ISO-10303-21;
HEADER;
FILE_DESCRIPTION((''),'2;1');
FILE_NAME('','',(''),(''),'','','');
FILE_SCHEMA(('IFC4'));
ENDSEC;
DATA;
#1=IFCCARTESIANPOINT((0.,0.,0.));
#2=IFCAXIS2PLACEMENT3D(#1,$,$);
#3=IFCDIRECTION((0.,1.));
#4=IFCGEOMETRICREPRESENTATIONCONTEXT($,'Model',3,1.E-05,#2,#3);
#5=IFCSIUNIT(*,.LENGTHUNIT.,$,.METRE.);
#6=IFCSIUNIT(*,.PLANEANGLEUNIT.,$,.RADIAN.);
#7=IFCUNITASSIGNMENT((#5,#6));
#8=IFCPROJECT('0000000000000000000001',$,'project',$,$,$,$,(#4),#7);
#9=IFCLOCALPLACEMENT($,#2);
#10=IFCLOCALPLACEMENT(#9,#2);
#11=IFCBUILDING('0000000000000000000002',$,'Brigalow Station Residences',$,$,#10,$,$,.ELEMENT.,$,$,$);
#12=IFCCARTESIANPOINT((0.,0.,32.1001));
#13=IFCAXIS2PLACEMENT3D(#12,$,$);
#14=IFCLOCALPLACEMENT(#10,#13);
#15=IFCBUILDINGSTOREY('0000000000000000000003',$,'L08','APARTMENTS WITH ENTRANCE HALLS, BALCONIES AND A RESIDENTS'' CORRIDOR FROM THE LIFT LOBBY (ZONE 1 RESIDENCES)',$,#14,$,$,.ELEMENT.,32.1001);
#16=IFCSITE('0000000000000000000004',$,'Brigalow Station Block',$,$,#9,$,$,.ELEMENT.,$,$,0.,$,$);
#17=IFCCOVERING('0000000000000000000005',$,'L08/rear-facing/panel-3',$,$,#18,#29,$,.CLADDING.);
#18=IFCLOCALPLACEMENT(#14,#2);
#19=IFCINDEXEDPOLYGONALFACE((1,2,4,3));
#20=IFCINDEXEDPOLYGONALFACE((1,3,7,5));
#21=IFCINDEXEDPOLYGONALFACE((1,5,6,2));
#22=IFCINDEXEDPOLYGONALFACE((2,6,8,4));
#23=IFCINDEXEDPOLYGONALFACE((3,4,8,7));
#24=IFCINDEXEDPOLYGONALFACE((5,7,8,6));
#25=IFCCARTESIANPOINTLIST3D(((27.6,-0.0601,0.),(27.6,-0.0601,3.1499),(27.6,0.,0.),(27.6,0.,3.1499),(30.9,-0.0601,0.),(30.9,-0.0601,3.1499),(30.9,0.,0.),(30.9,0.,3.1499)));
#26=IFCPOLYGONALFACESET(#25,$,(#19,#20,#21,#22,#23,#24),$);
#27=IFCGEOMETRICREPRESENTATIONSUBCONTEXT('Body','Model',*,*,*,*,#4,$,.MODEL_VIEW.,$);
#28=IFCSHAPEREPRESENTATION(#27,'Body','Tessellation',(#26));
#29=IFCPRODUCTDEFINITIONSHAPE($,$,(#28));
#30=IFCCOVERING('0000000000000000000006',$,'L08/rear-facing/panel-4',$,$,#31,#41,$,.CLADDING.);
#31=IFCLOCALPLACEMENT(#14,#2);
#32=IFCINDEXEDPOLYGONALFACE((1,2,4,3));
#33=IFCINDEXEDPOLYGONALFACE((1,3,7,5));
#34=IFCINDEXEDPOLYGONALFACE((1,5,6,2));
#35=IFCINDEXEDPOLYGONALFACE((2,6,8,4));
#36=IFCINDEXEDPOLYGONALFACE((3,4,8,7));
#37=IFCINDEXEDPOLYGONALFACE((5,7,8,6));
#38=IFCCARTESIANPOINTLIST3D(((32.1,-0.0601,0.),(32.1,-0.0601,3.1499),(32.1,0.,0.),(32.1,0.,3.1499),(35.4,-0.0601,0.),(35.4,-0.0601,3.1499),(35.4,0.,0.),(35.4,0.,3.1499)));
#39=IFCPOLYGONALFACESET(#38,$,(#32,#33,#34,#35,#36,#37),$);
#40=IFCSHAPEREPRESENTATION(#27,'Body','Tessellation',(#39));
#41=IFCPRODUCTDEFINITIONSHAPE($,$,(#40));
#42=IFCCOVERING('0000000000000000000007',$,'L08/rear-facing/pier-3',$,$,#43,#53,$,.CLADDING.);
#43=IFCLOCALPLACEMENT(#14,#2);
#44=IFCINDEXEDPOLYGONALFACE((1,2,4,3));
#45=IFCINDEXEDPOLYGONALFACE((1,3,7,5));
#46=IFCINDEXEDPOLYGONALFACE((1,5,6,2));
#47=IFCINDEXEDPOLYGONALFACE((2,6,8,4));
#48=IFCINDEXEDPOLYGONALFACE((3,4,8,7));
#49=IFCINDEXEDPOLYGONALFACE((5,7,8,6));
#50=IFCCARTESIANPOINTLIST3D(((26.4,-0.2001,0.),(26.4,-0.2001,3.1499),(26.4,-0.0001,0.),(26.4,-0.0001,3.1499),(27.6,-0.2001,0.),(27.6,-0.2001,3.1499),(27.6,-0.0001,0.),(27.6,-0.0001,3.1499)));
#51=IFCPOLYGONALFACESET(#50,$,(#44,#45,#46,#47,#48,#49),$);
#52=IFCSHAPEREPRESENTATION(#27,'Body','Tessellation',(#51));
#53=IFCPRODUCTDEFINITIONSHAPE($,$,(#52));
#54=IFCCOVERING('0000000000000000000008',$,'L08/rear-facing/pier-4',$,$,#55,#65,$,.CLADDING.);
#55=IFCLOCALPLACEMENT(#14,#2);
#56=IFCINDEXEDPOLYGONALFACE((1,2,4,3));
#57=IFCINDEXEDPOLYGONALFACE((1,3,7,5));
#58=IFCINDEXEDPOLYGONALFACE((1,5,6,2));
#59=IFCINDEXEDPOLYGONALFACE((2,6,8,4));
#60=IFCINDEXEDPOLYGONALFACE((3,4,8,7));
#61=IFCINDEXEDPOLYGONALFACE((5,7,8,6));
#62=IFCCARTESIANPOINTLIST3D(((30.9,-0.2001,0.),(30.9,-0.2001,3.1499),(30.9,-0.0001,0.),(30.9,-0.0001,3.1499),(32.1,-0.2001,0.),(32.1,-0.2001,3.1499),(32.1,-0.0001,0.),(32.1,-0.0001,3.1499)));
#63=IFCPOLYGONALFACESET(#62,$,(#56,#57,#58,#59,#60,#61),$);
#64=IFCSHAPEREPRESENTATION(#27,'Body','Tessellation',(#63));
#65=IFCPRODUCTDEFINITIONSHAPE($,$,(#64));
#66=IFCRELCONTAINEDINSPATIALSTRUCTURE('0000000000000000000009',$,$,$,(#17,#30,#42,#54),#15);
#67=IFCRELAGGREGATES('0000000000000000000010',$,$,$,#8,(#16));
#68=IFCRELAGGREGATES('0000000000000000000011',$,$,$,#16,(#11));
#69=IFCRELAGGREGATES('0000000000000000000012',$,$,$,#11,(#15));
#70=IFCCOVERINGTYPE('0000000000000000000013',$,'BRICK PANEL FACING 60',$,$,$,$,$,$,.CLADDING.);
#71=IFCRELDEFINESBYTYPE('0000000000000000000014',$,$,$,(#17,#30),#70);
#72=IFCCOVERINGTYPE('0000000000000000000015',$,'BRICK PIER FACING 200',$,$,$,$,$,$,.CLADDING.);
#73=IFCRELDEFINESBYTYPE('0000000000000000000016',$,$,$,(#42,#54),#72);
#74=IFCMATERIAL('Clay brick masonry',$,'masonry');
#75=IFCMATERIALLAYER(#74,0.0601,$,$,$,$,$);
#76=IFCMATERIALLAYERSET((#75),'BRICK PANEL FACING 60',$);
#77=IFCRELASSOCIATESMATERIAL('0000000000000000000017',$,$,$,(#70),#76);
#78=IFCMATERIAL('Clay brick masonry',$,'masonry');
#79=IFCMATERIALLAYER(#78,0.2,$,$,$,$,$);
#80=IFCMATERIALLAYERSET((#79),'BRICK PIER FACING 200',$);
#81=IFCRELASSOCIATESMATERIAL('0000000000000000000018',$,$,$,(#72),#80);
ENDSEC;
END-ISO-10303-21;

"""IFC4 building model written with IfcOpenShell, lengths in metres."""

from ifc_helpers import new_model, si_unit, direction, frame, origin, origin_2d, place, context, subcontext, project, spatial, rectangle, extrude, material, layer, layer_set, type_object, element, save


model = new_model("IFC4")

# Units and contexts
model_context = context("Model", 3, precision=1e-05, world=origin(), true_north=direction((0.0, 1.0)))
body_context = subcontext(model_context, "Body", "Model", "MODEL_VIEW")
ifc_project = project(units=[si_unit("LENGTHUNIT", "METRE"), si_unit("PLANEANGLEUNIT", "RADIAN")], contexts=[model_context])

# Site, building, storey
site_placement = place(None, origin())
site = spatial("IfcSite", under=ifc_project, at=site_placement, Name="Brigalow Station Block", CompositionType="ELEMENT", RefElevation=0.0)
building_placement = place(site_placement, origin())
building = spatial("IfcBuilding", under=site, at=building_placement, Name="Brigalow Station Residences", CompositionType="ELEMENT")
storey_placement = place(building_placement, frame((0.0, 0.0, 32.1001)))
storey = spatial("IfcBuildingStorey", under=building, at=storey_placement, Name="L08", Description="APARTMENTS WITH ENTRANCE HALLS, BALCONIES AND A RESIDENTS' CORRIDOR FROM THE LIFT LOBBY (ZONE 1 RESIDENCES)", CompositionType="ELEMENT", Elevation=32.1001)

# Coverings
ifc_material_1 = material(Name="Clay brick masonry", Category="masonry")
ifc_layer_1 = layer(ifc_material_1, 0.0601)
ifc_layer_set_1 = layer_set([ifc_layer_1], Name="BRICK PANEL FACING 60")
covering_type_1 = type_object("IfcCoveringType", Name="BRICK PANEL FACING 60", PredefinedType="CLADDING", material=ifc_layer_set_1)
for number, where, z_axis, x_axis, name in (
    (1, (29.25, -0.03, 0.0), (0.0, 0.0, 1.0), (1.0, 0.0, 0.0), "L08/rear-facing/panel-3"),
    (2, (33.75, -0.03, 0.0), (0.0, 0.0, 1.0), (1.0, 0.0, 0.0), "L08/rear-facing/panel-4"),
):
    element("IfcCovering", number, at=place(storey_placement, frame(where, z_axis=z_axis, x_axis=x_axis)), inside=storey, type_object=covering_type_1, Name=name, PredefinedType="CLADDING", context=body_context, shape_type="SweptSolid", body=[
        extrude(rectangle(XDim=3.3, YDim=0.0601, at=origin_2d()), origin(), (0.0, 0.0, 1.0), 3.1499),
    ])
ifc_material_2 = material(Name="Clay brick masonry", Category="masonry")
ifc_layer_2 = layer(ifc_material_2, 0.2)
ifc_layer_set_2 = layer_set([ifc_layer_2], Name="BRICK PIER FACING 200")
covering_type_2 = type_object("IfcCoveringType", Name="BRICK PIER FACING 200", PredefinedType="CLADDING", material=ifc_layer_set_2)
for number, where, z_axis, x_axis, name in (
    (3, (27.0, -0.1001, 0.0), (0.0, 0.0, 1.0), (1.0, 0.0, 0.0), "L08/rear-facing/pier-3"),
    (4, (31.5, -0.1001, 0.0), (0.0, 0.0, 1.0), (1.0, 0.0, 0.0), "L08/rear-facing/pier-4"),
):
    element("IfcCovering", number, at=place(storey_placement, frame(where, z_axis=z_axis, x_axis=x_axis)), inside=storey, type_object=covering_type_2, Name=name, PredefinedType="CLADDING", context=body_context, shape_type="SweptSolid", body=[
        extrude(rectangle(XDim=1.2, YDim=0.2, at=origin_2d()), origin(), (0.0, 0.0, 1.0), 3.1499),
    ])

save(model, "model.ifc")
